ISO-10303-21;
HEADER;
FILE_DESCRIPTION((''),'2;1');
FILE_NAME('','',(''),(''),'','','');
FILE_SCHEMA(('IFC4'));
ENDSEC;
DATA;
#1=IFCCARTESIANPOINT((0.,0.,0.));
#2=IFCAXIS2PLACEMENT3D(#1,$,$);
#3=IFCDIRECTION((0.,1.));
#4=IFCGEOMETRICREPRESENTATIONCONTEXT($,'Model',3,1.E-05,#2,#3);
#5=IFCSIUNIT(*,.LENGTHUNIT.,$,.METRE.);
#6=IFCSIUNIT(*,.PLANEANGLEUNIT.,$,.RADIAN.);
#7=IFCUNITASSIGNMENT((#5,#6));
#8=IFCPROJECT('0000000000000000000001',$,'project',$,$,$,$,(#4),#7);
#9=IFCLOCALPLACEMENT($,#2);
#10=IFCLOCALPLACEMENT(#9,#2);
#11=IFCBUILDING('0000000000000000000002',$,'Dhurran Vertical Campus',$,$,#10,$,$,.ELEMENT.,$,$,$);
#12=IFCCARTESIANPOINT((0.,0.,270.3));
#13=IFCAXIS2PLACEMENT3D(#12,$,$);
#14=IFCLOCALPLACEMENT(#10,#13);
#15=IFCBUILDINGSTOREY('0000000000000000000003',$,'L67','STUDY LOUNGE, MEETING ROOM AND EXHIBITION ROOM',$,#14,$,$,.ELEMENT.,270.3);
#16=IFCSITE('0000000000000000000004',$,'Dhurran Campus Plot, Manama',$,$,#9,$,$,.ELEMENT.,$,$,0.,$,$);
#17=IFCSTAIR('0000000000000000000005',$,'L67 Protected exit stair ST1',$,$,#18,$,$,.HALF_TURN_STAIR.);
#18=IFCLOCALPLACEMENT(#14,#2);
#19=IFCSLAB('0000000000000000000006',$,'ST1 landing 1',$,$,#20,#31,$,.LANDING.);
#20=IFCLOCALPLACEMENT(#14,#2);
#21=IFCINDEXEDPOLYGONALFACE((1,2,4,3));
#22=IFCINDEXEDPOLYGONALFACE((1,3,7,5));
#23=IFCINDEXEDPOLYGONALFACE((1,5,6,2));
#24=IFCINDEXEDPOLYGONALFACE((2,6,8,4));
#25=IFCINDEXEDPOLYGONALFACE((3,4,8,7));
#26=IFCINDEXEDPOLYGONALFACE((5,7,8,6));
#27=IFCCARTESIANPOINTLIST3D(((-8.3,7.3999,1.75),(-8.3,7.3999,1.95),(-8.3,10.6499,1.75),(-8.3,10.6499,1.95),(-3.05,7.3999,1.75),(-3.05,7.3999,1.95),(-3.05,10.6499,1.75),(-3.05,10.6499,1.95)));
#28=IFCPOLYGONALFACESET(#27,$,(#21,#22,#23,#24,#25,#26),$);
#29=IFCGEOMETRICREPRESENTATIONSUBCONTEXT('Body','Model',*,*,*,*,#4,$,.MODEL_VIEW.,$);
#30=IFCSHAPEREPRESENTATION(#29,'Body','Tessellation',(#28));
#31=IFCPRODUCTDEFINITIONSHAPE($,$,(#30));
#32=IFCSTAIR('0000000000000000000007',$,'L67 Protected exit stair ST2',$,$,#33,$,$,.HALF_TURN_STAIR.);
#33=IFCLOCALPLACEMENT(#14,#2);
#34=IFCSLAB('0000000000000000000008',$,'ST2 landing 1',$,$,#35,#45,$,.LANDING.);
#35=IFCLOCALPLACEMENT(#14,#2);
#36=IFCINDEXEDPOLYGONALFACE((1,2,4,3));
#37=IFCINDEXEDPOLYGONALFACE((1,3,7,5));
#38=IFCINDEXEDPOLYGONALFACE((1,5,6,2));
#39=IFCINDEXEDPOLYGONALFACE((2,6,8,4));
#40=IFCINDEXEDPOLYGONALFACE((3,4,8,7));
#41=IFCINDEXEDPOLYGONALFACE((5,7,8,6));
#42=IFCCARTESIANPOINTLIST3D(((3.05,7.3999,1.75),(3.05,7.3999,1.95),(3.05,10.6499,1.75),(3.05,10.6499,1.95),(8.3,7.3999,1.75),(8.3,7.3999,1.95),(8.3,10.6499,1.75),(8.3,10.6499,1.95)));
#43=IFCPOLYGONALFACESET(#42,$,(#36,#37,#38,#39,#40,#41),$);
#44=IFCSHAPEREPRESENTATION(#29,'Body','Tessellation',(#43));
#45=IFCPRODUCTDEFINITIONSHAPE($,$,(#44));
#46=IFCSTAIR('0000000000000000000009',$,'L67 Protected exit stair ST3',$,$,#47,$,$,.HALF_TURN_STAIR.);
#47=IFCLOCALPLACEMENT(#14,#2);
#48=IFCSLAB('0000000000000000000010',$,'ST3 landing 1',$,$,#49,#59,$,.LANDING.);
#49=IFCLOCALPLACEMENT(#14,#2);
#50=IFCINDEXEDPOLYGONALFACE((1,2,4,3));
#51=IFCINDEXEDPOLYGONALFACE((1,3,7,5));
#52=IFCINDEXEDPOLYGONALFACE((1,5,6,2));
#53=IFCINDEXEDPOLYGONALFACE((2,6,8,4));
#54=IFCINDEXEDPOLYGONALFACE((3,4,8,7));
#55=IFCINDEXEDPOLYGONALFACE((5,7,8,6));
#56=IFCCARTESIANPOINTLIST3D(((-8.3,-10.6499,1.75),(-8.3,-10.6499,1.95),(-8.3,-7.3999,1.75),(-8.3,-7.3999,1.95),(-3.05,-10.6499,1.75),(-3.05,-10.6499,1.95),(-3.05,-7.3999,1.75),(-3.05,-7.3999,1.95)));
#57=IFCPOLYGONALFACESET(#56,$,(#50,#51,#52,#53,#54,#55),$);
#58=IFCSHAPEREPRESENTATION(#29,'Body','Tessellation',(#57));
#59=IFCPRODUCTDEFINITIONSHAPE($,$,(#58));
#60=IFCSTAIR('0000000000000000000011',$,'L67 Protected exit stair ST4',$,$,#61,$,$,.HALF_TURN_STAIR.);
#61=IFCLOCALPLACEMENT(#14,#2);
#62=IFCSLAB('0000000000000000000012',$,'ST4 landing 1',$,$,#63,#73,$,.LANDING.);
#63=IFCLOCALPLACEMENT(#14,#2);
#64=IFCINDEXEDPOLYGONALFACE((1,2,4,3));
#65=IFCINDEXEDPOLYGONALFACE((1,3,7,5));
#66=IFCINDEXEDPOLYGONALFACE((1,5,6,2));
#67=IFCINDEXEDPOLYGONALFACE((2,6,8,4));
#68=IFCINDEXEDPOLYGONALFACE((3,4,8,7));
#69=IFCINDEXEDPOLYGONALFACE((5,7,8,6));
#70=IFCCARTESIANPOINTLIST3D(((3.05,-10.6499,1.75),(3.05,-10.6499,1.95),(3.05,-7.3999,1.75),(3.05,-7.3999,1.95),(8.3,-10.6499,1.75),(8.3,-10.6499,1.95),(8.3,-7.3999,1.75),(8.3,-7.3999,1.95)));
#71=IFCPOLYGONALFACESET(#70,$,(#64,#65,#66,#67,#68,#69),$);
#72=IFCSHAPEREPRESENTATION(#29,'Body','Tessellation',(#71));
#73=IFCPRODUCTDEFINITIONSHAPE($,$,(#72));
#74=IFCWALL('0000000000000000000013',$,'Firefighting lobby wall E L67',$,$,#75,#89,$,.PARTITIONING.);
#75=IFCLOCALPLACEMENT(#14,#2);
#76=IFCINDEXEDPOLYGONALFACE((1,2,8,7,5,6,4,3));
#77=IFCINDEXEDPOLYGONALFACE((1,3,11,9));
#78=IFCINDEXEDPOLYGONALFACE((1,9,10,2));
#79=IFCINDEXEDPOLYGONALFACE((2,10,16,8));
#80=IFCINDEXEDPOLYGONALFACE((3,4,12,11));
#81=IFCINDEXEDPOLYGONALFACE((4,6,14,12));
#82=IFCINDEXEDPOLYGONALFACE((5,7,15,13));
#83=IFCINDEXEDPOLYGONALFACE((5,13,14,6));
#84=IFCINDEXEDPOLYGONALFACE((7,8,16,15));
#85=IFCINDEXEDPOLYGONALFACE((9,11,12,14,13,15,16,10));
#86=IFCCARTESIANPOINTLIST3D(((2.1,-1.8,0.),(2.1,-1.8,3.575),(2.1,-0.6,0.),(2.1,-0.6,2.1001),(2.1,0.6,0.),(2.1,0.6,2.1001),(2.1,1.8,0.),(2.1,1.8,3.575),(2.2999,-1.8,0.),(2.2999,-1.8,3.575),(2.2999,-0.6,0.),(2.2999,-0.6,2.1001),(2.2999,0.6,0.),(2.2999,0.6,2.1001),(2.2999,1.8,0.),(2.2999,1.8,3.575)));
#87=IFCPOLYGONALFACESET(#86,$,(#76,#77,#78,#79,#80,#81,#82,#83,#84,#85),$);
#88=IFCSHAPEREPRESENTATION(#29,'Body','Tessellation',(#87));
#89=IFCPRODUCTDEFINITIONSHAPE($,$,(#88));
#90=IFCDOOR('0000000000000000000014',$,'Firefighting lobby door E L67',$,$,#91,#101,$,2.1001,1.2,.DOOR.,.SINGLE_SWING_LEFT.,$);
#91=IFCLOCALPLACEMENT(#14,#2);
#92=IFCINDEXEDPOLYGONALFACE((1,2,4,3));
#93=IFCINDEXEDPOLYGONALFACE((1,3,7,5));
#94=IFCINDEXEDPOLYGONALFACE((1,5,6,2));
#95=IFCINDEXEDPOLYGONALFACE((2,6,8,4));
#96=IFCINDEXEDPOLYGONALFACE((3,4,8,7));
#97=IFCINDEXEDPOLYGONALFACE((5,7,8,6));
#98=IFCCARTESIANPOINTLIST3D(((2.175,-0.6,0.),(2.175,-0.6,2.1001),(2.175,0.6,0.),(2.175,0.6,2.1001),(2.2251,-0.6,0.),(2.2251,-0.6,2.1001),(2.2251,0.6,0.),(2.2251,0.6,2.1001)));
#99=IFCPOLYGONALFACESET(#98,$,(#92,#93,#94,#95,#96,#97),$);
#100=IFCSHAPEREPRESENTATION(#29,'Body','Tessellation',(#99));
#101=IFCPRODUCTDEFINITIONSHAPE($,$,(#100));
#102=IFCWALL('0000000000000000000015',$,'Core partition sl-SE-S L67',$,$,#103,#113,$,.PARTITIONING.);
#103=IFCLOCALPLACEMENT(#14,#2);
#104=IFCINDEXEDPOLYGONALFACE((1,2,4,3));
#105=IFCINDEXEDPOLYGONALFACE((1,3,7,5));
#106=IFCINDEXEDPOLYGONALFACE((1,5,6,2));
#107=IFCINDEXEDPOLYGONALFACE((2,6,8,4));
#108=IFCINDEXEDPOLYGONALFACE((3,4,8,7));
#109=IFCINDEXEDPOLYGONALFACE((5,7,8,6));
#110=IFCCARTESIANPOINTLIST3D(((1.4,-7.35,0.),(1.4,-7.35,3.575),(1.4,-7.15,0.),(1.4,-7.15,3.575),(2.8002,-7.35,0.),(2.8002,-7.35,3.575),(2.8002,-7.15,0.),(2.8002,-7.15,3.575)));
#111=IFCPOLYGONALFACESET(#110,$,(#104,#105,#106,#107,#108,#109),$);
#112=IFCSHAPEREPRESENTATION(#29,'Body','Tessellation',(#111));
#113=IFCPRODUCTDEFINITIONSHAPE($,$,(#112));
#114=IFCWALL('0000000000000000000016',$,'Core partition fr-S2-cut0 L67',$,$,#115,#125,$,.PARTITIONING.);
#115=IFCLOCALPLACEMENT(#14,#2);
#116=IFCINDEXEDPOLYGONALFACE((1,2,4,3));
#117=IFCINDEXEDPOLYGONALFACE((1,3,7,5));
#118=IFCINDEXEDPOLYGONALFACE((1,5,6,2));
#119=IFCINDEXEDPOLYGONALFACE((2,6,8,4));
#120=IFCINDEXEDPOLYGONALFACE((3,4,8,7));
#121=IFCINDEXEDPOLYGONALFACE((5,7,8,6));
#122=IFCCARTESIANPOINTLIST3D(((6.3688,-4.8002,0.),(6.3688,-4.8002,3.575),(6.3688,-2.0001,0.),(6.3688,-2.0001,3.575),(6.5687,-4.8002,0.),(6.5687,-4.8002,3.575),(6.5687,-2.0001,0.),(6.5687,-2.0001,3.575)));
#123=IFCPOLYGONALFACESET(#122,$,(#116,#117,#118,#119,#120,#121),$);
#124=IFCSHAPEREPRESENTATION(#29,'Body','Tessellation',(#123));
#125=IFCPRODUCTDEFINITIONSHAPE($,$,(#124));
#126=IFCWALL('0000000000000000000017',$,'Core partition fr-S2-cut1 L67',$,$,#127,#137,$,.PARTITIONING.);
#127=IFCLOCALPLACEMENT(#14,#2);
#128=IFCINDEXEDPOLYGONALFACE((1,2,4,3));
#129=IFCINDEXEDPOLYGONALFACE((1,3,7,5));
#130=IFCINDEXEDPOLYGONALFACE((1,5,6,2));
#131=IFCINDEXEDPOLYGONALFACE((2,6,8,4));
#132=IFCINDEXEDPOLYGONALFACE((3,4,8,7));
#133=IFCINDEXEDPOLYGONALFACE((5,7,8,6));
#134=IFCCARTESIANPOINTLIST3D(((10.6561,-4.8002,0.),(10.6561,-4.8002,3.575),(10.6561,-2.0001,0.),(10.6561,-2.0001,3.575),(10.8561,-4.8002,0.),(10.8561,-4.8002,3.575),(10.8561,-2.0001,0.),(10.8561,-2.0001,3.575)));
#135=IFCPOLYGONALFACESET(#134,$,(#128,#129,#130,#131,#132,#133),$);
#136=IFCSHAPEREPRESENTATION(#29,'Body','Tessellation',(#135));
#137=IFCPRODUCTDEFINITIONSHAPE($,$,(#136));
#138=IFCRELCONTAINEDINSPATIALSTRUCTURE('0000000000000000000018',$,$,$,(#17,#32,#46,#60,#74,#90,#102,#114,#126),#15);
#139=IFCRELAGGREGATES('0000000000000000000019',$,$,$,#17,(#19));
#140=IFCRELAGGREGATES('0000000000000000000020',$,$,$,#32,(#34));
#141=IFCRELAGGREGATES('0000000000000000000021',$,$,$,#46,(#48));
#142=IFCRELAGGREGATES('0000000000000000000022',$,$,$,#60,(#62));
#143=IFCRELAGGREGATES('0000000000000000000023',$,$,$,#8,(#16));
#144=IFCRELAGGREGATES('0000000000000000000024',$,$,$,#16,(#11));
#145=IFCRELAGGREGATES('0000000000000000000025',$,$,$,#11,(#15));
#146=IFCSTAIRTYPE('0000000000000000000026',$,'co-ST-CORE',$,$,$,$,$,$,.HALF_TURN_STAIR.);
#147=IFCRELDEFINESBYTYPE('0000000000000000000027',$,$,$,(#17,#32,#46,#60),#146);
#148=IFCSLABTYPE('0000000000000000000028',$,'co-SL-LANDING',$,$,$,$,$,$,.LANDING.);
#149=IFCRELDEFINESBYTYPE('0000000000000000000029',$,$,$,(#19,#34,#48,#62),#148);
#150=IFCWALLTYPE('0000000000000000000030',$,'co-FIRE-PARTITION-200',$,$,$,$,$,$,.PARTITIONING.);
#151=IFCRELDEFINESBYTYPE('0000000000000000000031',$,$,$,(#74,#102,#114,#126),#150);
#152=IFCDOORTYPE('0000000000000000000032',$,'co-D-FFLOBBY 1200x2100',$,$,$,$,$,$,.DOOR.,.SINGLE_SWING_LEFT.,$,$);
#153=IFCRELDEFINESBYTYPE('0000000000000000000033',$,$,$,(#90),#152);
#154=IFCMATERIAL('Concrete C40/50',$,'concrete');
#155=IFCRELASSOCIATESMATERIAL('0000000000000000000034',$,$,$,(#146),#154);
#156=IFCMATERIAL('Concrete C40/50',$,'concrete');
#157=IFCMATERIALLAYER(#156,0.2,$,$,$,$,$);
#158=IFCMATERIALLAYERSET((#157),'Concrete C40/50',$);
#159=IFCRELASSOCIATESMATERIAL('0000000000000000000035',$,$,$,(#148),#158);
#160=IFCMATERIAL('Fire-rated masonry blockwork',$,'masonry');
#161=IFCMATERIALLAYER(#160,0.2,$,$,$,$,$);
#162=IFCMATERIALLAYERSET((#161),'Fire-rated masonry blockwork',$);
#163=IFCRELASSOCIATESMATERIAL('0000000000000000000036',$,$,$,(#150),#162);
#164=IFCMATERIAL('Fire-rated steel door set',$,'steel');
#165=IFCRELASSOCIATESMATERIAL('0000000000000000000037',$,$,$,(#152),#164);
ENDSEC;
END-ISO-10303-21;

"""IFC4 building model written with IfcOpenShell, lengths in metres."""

from ifc_helpers import new_model, si_unit, direction, frame, frame_2d, origin, place, context, subcontext, project, spatial, polyline, rectangle, outline, extrude, material, layer, layer_set, type_object, element, fill, aggregate, save


model = new_model("IFC4")

# Units and contexts
model_context = context("Model", 3, precision=1e-05, world=origin(), true_north=direction((0.0, 1.0)))
body_context = subcontext(model_context, "Body", "Model", "MODEL_VIEW")
ifc_project = project(units=[si_unit("LENGTHUNIT", "METRE"), si_unit("PLANEANGLEUNIT", "RADIAN")], contexts=[model_context])

# Site, building, storey
site_placement = place(None, origin())
site = spatial("IfcSite", under=ifc_project, at=site_placement, Name="Dhurran Campus Plot, Manama", CompositionType="ELEMENT", RefElevation=0.0)
building_placement = place(site_placement, origin())
building = spatial("IfcBuilding", under=site, at=building_placement, Name="Dhurran Vertical Campus", CompositionType="ELEMENT")
storey_placement = place(building_placement, frame((0.0, 0.0, 270.3)))
storey = spatial("IfcBuildingStorey", under=building, at=storey_placement, Name="L67", Description="STUDY LOUNGE, MEETING ROOM AND EXHIBITION ROOM", CompositionType="ELEMENT", Elevation=270.3)

# Stairs, slabs
ifc_material_1 = material(Name="Concrete C40/50", Category="concrete")
stair_type = type_object("IfcStairType", Name="co-ST-CORE", PredefinedType="HALF_TURN_STAIR", material=ifc_material_1)
stair_1_placement = place(storey_placement, origin())
stair_1 = element("IfcStair", 1, at=stair_1_placement, inside=storey, type_object=stair_type, Name="L67 Protected exit stair ST1", PredefinedType="HALF_TURN_STAIR")
ifc_material_2 = material(Name="Concrete C40/50", Category="concrete")
ifc_layer_1 = layer(ifc_material_2, 0.2)
ifc_layer_set_1 = layer_set([ifc_layer_1], Name="Concrete C40/50")
slab_type = type_object("IfcSlabType", Name="co-SL-LANDING", PredefinedType="LANDING", material=ifc_layer_set_1)
slab_1_placement = place(storey_placement, frame((0.0, 0.0, 1.75)))
slab_1 = element("IfcSlab", 2, at=slab_1_placement, type_object=slab_type, Name="ST1 landing 1", PredefinedType="LANDING", context=body_context, shape_type="SweptSolid", body=[
    extrude(outline(polyline([(-8.3, 7.3999), (-3.05, 7.3999), (-3.05, 10.6499), (-8.3, 10.6499), (-8.3, 7.3999)])), origin(), (0.0, 0.0, 1.0), 0.2),
])
aggregate(stair_1, [slab_1])
stair_2_placement = place(storey_placement, origin())
stair_2 = element("IfcStair", 3, at=stair_2_placement, inside=storey, type_object=stair_type, Name="L67 Protected exit stair ST2", PredefinedType="HALF_TURN_STAIR")
slab_2_placement = place(storey_placement, frame((0.0, 0.0, 1.75)))
slab_2 = element("IfcSlab", 4, at=slab_2_placement, type_object=slab_type, Name="ST2 landing 1", PredefinedType="LANDING", context=body_context, shape_type="SweptSolid", body=[
    extrude(outline(polyline([(8.3, 10.6499), (3.05, 10.6499), (3.05, 7.3999), (8.3, 7.3999), (8.3, 10.6499)])), origin(), (0.0, 0.0, 1.0), 0.2),
])
aggregate(stair_2, [slab_2])
stair_3_placement = place(storey_placement, origin())
stair_3 = element("IfcStair", 5, at=stair_3_placement, inside=storey, type_object=stair_type, Name="L67 Protected exit stair ST3", PredefinedType="HALF_TURN_STAIR")
slab_3_placement = place(storey_placement, frame((0.0, 0.0, 1.75)))
slab_3 = element("IfcSlab", 6, at=slab_3_placement, type_object=slab_type, Name="ST3 landing 1", PredefinedType="LANDING", context=body_context, shape_type="SweptSolid", body=[
    extrude(outline(polyline([(-8.3, -10.6499), (-3.05, -10.6499), (-3.05, -7.3999), (-8.3, -7.3999), (-8.3, -10.6499)])), origin(), (0.0, 0.0, 1.0), 0.2),
])
aggregate(stair_3, [slab_3])
stair_4_placement = place(storey_placement, origin())
stair_4 = element("IfcStair", 7, at=stair_4_placement, inside=storey, type_object=stair_type, Name="L67 Protected exit stair ST4", PredefinedType="HALF_TURN_STAIR")
slab_4_placement = place(storey_placement, frame((0.0, 0.0, 1.75)))
slab_4 = element("IfcSlab", 8, at=slab_4_placement, type_object=slab_type, Name="ST4 landing 1", PredefinedType="LANDING", context=body_context, shape_type="SweptSolid", body=[
    extrude(outline(polyline([(8.3, -7.3999), (3.05, -7.3999), (3.05, -10.6499), (8.3, -10.6499), (8.3, -7.3999)])), origin(), (0.0, 0.0, 1.0), 0.2),
])
aggregate(stair_4, [slab_4])

# Wall, opening, door
ifc_material_3 = material(Name="Fire-rated masonry blockwork", Category="masonry")
ifc_layer_2 = layer(ifc_material_3, 0.2)
ifc_layer_set_2 = layer_set([ifc_layer_2], Name="Fire-rated masonry blockwork")
wall_type_1 = type_object("IfcWallType", Name="co-FIRE-PARTITION-200", PredefinedType="PARTITIONING", material=ifc_layer_set_2)
wall_1_placement = place(storey_placement, frame((2.2, -1.8, 0.0), z_axis=(0.0, 0.0, 1.0), x_axis=(0.0, 1.0, 0.0)))
wall_1 = element("IfcWall", 9, at=wall_1_placement, inside=storey, type_object=wall_type_1, Name="Firefighting lobby wall E L67", PredefinedType="PARTITIONING", context=body_context, shape_type="SweptSolid", body=[
    extrude(rectangle(XDim=3.6001, YDim=0.2, at=frame_2d((1.8, 0.0))), origin(), (0.0, 0.0, 1.0), 3.575),
])
opening_1_placement = place(wall_1_placement, frame((1.2, 0.0, 0.0)))
opening_1 = element("IfcOpeningElement", 10, at=opening_1_placement, cuts=wall_1, PredefinedType="OPENING", context=body_context, shape_type="SweptSolid", body=[
    extrude(rectangle(XDim=1.2, YDim=2.1001, at=frame_2d((0.6001, 1.05))), frame((0.0, 0.1099, 0.0), z_axis=(0.0, -1.0, 0.0), x_axis=(1.0, 0.0, 0.0)), (0.0, 0.0, 1.0), 0.22),
])
ifc_material_4 = material(Name="Fire-rated steel door set", Category="steel")
door_type_1 = type_object("IfcDoorType", Name="co-D-FFLOBBY 1200x2100", OperationType="SINGLE_SWING_LEFT", PredefinedType="DOOR", material=ifc_material_4)
door_1_placement = place(opening_1_placement, origin())
door_1 = element("IfcDoor", 11, at=door_1_placement, inside=storey, type_object=door_type_1, Name="Firefighting lobby door E L67", OperationType="SINGLE_SWING_LEFT", OverallHeight=2.1001, OverallWidth=1.2, PredefinedType="DOOR", context=body_context, shape_type="SweptSolid", body=[
    extrude(rectangle(XDim=1.2, YDim=2.1001, at=frame_2d((0.6001, 1.05))), frame((0.0, 0.0249, 0.0), z_axis=(0.0, -1.0, 0.0), x_axis=(1.0, 0.0, 0.0)), (0.0, 0.0, 1.0), 0.05),
])
fill(opening_1, door_1)

# Walls
wall_2_placement = place(storey_placement, frame((1.3999, -7.25, 0.0), z_axis=(0.0, 0.0, 1.0), x_axis=(1.0, 0.0, 0.0)))
element("IfcWall", 12, at=wall_2_placement, inside=storey, type_object=wall_type_1, Name="Core partition sl-SE-S L67", PredefinedType="PARTITIONING", context=body_context, shape_type="SweptSolid", body=[
    extrude(rectangle(XDim=1.4001, YDim=0.2, at=frame_2d((0.7002, 0.0))), origin(), (0.0, 0.0, 1.0), 3.575),
])
for number, where, z_axis, x_axis, name in (
    (13, (6.4688, -4.8, 0.0), (0.0, 0.0, 1.0), (0.0, 1.0, 0.0), "Core partition fr-S2-cut0 L67"),
    (14, (10.7561, -4.8, 0.0), (0.0, 0.0, 1.0), (0.0, 1.0, 0.0), "Core partition fr-S2-cut1 L67"),
):
    element("IfcWall", number, at=place(storey_placement, frame(where, z_axis=z_axis, x_axis=x_axis)), inside=storey, type_object=wall_type_1, Name=name, PredefinedType="PARTITIONING", context=body_context, shape_type="SweptSolid", body=[
        extrude(rectangle(XDim=2.8, YDim=0.2, at=frame_2d((1.3999, 0.0))), origin(), (0.0, 0.0, 1.0), 3.575),
    ])

save(model, "model.ifc")
